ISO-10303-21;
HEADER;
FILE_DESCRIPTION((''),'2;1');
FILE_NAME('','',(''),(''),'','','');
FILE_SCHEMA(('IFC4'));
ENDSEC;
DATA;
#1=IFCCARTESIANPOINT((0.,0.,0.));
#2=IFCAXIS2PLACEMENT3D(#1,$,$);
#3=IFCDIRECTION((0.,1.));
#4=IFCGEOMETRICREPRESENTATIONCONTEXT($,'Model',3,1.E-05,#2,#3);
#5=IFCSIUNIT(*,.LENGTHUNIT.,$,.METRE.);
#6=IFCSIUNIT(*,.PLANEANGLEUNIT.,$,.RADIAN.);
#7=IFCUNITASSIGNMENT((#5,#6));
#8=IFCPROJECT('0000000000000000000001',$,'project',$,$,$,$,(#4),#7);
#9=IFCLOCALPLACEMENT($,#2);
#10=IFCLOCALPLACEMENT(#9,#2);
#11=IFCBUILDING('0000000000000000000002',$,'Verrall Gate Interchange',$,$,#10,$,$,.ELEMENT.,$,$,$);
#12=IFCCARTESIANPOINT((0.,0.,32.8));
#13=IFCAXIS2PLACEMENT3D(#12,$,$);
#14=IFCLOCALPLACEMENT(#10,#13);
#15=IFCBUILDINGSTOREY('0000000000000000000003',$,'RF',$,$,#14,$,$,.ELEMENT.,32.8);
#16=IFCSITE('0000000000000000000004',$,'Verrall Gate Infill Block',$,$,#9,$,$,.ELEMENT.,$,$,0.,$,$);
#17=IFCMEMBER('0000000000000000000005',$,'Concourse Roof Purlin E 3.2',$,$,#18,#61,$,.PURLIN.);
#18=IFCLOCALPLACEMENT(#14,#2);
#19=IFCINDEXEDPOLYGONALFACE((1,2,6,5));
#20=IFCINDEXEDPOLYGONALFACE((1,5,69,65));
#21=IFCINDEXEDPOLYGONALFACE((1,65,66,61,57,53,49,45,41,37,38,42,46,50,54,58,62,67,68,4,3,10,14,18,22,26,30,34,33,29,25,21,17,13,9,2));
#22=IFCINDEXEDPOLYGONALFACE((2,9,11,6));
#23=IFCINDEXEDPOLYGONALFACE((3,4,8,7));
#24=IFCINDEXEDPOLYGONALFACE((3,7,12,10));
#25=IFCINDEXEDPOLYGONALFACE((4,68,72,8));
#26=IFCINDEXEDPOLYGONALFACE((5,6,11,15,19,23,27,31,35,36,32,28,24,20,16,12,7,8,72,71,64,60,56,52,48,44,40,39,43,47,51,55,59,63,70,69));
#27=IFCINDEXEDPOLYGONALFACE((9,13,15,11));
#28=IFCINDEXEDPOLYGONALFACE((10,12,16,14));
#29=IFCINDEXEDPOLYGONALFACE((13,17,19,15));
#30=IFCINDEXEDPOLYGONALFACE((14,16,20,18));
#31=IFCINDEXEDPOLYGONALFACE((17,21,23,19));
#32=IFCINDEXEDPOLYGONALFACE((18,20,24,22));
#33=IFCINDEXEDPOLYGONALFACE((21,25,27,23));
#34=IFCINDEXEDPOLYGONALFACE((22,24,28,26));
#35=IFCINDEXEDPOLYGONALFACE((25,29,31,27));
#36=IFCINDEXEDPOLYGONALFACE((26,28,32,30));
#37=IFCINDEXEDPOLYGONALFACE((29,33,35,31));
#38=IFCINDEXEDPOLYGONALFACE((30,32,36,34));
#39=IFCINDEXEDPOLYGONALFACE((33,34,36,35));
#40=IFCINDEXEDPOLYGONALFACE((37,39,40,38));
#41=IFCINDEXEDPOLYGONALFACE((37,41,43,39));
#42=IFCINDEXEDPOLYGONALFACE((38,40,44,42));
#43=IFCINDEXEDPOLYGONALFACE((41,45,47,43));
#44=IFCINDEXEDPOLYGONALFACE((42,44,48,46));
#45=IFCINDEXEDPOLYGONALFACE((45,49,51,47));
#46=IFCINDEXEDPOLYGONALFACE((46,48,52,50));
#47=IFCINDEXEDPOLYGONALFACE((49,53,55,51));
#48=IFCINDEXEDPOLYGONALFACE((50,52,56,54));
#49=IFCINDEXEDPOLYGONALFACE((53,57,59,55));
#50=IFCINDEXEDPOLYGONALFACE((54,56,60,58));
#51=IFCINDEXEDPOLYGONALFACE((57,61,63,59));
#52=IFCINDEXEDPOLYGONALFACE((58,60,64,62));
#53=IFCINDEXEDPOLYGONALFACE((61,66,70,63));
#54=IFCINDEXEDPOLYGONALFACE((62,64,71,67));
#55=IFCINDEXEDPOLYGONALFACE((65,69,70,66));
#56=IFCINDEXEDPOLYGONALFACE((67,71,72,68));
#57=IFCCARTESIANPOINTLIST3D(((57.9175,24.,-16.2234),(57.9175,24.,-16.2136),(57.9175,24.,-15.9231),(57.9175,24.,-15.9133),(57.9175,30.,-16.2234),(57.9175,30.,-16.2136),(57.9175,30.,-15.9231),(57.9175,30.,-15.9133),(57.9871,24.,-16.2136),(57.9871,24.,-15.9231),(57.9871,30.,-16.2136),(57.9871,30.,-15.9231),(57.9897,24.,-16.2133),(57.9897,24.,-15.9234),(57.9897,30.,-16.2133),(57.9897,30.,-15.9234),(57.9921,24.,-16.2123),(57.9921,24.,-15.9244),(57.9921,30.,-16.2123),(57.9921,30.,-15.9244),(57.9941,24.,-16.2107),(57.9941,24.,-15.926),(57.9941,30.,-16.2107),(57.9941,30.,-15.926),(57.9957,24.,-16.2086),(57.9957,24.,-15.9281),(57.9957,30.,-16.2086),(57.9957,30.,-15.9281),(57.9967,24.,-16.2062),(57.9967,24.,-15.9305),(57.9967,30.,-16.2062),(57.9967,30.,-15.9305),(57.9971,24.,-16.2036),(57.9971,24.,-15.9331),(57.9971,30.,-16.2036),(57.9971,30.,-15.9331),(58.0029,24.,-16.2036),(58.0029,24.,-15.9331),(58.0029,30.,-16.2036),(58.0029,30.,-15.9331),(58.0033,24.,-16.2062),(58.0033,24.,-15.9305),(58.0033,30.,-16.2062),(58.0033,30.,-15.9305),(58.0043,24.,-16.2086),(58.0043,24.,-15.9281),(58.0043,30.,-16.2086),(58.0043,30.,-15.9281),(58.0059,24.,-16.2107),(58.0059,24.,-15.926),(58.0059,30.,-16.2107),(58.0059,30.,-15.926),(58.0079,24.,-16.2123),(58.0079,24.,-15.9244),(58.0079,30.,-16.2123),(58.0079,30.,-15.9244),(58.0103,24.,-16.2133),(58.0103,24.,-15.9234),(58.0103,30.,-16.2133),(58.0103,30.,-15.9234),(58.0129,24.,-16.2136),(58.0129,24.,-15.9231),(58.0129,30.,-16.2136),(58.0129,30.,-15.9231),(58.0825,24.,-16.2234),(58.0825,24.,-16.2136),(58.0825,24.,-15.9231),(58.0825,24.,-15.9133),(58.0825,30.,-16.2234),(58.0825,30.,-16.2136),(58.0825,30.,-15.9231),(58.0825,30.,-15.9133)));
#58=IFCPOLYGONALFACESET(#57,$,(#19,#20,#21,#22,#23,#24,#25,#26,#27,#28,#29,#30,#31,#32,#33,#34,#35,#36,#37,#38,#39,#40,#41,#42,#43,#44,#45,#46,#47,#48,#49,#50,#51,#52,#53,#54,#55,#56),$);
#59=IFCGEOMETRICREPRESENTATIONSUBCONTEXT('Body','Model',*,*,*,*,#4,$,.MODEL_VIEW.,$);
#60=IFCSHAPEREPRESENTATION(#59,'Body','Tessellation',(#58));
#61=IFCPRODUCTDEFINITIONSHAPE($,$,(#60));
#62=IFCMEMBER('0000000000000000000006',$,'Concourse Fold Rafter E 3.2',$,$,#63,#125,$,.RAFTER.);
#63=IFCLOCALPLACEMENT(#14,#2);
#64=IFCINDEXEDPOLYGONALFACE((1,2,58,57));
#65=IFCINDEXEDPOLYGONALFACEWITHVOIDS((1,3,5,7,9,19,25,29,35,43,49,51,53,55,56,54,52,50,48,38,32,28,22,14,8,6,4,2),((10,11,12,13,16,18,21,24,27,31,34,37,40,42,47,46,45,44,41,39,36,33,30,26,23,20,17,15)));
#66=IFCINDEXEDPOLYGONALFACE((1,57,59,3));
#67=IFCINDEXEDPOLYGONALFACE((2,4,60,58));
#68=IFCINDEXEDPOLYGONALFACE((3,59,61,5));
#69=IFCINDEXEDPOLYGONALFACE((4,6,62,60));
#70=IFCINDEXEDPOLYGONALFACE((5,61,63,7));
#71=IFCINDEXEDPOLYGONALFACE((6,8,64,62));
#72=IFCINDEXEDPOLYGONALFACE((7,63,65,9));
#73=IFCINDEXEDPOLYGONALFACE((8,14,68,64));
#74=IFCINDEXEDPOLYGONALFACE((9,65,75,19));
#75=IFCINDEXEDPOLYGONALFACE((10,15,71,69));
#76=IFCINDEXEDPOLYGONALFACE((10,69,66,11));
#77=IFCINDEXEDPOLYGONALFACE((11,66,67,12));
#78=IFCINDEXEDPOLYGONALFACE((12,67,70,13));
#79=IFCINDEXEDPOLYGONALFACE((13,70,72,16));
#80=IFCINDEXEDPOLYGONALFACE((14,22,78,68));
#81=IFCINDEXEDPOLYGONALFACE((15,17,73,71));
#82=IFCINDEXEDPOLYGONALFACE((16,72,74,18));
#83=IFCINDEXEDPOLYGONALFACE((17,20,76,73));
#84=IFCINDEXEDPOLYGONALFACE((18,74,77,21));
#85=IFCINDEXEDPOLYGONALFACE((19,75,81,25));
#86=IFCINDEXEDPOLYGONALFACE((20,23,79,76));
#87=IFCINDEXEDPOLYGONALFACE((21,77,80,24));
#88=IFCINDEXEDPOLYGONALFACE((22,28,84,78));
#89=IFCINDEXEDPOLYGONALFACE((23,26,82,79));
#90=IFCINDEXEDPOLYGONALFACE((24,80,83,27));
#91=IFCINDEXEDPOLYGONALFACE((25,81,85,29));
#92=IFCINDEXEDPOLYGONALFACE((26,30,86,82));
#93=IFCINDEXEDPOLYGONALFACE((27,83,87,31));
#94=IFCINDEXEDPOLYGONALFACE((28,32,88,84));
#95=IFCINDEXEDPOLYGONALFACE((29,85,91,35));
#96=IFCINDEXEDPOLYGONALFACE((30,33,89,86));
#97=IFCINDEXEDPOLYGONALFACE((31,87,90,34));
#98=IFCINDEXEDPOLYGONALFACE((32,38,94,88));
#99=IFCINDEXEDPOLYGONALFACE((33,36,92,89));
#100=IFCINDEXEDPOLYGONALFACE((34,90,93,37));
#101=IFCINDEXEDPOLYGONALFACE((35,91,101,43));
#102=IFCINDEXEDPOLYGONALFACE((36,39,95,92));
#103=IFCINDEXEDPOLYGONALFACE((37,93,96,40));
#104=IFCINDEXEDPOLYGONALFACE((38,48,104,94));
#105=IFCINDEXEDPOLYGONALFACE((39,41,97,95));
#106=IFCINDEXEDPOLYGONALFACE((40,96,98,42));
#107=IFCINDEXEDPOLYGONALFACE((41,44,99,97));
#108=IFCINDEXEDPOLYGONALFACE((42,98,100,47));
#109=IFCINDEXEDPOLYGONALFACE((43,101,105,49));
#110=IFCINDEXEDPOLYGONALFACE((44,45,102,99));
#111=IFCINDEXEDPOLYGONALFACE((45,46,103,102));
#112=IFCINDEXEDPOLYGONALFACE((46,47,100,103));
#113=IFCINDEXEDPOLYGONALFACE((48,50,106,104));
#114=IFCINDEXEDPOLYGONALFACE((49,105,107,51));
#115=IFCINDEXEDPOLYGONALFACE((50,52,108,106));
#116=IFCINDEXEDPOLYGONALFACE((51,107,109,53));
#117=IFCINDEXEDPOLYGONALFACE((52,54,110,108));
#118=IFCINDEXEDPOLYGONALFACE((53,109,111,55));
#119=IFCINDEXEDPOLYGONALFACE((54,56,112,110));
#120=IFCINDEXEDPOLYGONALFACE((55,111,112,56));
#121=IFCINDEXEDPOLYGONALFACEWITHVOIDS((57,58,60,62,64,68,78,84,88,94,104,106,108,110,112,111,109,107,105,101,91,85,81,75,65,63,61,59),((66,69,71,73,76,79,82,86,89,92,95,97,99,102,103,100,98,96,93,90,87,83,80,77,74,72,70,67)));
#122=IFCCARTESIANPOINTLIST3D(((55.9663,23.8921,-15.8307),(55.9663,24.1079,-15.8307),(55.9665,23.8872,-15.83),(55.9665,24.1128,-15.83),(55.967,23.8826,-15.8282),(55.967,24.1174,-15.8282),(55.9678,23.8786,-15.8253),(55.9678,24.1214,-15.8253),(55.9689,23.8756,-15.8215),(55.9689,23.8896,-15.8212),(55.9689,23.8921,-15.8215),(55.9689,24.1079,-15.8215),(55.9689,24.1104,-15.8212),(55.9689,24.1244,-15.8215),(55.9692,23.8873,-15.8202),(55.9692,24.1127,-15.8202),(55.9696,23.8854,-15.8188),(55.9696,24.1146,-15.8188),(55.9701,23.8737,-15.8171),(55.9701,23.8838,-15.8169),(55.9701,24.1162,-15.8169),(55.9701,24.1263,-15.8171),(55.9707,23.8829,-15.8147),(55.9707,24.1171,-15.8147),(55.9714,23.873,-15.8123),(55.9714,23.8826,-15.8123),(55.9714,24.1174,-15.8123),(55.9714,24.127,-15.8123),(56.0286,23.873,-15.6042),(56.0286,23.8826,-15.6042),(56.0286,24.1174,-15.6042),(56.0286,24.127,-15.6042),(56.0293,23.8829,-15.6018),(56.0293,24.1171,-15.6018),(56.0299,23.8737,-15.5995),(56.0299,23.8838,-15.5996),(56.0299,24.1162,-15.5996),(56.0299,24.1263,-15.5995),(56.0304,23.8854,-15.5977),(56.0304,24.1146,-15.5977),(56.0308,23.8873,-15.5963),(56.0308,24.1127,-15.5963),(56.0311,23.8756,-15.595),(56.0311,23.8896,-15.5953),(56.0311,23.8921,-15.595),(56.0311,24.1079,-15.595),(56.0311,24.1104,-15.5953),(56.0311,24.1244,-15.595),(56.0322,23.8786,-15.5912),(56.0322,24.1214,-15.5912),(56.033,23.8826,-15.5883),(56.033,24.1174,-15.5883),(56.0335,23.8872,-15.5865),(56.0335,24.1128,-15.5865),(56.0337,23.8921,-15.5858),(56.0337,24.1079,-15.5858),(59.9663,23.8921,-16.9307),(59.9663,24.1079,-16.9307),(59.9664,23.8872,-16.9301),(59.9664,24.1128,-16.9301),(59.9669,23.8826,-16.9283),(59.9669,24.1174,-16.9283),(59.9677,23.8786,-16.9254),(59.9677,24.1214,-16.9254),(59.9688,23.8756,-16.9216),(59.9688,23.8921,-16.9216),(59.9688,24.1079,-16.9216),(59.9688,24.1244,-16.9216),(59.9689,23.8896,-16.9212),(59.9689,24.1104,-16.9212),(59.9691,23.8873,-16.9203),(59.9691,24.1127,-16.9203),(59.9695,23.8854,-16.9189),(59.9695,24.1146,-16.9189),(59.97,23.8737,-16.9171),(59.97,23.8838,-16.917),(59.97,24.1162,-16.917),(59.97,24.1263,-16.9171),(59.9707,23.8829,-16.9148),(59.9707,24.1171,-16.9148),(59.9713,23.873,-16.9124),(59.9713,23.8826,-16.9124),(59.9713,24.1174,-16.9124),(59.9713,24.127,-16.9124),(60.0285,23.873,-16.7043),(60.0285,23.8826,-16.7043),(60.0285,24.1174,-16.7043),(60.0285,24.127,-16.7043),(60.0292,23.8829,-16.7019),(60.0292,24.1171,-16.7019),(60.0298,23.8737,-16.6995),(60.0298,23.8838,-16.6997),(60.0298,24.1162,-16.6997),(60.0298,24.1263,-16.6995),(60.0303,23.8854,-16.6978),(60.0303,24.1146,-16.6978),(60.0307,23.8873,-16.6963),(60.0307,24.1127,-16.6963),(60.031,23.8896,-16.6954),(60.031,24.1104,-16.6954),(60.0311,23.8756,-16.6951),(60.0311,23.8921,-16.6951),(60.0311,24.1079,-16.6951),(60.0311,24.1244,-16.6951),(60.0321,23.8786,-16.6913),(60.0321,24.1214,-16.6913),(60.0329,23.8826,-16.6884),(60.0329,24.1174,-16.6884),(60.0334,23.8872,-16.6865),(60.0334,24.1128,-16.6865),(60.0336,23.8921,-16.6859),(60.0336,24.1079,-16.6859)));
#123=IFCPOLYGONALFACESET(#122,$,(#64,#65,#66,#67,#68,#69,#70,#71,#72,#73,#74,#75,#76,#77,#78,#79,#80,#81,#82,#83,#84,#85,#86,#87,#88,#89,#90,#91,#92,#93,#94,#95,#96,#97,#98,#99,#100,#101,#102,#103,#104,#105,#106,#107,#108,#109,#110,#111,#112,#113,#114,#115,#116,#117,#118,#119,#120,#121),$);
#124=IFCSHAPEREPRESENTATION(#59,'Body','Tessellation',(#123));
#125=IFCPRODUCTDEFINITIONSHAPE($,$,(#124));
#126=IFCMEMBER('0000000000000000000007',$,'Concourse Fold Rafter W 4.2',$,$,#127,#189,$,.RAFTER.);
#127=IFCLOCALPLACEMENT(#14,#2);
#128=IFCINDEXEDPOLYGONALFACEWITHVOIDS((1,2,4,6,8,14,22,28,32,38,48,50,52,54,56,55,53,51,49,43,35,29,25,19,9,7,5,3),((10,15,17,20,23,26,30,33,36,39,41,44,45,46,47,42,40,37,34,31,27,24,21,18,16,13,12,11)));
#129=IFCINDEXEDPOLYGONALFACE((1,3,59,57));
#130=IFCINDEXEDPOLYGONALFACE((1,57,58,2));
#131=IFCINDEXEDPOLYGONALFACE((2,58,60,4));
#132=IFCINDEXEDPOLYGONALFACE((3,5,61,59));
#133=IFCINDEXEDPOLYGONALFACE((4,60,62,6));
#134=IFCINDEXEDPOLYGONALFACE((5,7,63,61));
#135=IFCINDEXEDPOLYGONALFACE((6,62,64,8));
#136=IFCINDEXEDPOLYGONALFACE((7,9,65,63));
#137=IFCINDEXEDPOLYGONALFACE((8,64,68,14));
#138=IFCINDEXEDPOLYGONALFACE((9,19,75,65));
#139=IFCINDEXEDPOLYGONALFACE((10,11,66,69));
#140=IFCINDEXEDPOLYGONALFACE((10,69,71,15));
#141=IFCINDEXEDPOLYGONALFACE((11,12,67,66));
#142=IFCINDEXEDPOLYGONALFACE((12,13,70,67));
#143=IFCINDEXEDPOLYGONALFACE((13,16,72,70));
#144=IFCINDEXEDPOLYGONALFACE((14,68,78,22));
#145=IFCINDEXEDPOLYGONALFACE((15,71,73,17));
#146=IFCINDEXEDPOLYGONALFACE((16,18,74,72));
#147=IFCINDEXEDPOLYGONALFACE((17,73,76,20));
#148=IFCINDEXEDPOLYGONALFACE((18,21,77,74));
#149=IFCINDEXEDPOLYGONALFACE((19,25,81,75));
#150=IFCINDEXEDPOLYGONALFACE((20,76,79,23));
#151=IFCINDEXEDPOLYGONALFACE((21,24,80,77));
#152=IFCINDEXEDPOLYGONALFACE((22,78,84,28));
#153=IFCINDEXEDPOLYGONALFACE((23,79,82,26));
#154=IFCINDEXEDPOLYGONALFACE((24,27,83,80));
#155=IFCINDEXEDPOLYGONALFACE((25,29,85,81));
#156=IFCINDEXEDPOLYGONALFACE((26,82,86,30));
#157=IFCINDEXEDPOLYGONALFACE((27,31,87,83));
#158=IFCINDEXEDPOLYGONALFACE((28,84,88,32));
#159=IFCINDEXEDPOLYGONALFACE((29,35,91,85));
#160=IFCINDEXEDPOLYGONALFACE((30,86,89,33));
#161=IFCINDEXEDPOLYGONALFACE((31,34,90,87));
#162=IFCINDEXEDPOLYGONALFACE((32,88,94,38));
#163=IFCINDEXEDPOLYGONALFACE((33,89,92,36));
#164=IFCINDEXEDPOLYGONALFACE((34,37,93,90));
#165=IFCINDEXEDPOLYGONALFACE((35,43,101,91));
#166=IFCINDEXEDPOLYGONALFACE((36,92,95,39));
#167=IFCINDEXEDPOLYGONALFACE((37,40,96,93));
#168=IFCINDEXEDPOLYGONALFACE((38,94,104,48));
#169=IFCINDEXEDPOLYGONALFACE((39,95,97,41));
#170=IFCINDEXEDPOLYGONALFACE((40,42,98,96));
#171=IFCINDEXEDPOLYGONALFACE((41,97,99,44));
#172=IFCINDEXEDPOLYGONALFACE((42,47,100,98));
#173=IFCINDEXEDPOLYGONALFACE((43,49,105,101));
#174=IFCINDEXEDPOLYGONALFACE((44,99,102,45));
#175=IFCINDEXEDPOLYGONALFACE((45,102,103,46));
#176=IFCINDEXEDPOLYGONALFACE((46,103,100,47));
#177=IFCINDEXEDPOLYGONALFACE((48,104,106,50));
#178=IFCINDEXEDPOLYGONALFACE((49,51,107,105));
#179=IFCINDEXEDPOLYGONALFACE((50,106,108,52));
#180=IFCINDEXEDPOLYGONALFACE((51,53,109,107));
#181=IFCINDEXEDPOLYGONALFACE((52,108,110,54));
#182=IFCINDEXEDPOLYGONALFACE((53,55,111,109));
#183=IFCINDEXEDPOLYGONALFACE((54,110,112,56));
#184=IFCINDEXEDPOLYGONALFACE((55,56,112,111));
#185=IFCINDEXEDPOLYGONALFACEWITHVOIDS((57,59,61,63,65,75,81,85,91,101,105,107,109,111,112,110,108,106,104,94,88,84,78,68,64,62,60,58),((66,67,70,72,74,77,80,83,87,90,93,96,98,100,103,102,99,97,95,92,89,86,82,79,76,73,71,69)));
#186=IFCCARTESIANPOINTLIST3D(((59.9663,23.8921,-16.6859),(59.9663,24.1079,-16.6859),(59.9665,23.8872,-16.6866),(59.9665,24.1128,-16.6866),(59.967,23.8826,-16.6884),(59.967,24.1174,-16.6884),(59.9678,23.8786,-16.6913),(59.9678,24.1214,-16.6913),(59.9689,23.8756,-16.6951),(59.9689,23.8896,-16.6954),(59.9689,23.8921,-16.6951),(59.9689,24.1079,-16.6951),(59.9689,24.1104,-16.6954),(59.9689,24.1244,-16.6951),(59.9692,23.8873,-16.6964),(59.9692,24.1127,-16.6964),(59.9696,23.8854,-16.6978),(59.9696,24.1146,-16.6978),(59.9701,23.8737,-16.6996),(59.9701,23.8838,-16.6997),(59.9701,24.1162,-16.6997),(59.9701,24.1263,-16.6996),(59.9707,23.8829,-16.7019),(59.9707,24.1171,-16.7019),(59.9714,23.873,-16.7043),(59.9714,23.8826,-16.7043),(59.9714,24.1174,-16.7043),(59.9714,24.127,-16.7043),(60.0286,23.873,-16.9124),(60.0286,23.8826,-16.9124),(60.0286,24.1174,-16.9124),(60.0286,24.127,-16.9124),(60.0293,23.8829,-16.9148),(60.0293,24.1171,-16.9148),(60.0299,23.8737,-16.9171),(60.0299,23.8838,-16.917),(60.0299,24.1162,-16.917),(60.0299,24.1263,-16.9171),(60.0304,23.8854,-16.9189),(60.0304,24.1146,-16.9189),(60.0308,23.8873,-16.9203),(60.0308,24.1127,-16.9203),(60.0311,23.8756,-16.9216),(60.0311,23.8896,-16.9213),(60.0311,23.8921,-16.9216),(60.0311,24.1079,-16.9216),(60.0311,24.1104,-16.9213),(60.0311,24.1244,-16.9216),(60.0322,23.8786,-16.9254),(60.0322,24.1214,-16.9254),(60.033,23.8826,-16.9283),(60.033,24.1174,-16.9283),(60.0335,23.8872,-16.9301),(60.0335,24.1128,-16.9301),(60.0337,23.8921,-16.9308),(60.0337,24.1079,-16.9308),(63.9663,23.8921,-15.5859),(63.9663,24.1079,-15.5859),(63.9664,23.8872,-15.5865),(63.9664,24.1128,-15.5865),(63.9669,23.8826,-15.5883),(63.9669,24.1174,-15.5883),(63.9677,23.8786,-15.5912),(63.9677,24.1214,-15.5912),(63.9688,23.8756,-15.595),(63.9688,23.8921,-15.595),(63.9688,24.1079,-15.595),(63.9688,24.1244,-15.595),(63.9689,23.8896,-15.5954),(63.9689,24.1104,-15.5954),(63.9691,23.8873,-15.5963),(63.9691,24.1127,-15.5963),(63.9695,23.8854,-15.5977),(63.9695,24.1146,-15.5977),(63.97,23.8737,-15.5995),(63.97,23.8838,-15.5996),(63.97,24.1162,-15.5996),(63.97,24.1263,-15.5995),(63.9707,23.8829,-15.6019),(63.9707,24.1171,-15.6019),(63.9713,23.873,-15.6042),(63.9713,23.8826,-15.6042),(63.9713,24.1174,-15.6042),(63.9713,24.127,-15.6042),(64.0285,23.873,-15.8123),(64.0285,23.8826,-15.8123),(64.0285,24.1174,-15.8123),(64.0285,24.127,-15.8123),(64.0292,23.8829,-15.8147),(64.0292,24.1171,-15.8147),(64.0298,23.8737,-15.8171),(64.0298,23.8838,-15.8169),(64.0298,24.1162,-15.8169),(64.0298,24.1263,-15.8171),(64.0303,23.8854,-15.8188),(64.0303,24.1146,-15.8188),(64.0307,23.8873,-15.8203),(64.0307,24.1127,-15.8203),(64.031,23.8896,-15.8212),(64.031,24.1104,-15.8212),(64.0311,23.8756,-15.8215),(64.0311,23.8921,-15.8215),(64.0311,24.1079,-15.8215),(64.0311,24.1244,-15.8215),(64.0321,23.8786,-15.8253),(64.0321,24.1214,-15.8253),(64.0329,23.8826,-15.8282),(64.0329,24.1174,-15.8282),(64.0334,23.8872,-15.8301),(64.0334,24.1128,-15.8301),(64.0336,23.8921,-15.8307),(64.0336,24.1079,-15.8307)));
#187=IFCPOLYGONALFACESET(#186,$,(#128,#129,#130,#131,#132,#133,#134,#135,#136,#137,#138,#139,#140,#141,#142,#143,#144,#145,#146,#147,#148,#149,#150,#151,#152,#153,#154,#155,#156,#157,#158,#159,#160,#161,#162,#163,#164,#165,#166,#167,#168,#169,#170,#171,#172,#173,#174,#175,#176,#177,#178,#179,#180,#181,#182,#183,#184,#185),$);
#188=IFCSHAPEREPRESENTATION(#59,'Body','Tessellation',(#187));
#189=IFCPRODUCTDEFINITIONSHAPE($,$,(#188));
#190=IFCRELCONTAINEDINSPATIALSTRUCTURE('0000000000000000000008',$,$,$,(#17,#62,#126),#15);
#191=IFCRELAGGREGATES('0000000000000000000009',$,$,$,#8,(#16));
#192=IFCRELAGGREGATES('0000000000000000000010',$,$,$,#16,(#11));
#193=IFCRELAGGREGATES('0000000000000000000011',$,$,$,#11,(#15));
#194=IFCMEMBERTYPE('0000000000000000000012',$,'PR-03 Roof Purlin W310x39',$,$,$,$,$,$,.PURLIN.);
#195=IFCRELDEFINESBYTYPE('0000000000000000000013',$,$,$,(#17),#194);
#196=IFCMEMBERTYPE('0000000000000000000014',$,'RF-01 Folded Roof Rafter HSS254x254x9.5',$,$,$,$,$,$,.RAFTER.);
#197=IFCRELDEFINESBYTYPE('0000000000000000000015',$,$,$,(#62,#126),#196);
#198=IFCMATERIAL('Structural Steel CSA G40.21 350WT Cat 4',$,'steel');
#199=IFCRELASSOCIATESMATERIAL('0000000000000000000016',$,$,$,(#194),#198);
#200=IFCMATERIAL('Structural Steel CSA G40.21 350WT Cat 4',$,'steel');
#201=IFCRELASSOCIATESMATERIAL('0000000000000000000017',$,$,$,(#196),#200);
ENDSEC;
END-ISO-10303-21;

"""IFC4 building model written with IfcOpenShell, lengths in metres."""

from ifc_helpers import new_model, si_unit, direction, frame, origin, origin_2d, place, context, subcontext, project, spatial, hollow_rectangle, i_section, extrude, material, material_profile, profile_set, type_object, element, save


model = new_model("IFC4")

# Units and contexts
model_context = context("Model", 3, precision=1e-05, world=origin(), true_north=direction((0.0, 1.0)))
body_context = subcontext(model_context, "Body", "Model", "MODEL_VIEW")
ifc_project = project(units=[si_unit("LENGTHUNIT", "METRE"), si_unit("PLANEANGLEUNIT", "RADIAN")], contexts=[model_context])

# Site, building, storey
site_placement = place(None, origin())
site = spatial("IfcSite", under=ifc_project, at=site_placement, Name="Verrall Gate Infill Block", CompositionType="ELEMENT", RefElevation=0.0)
building_placement = place(site_placement, origin())
building = spatial("IfcBuilding", under=site, at=building_placement, Name="Verrall Gate Interchange", CompositionType="ELEMENT")
storey_placement = place(building_placement, frame((0.0, 0.0, 32.8)))
storey = spatial("IfcBuildingStorey", under=building, at=storey_placement, Name="RF", CompositionType="ELEMENT", Elevation=32.8)

# Members
ifc_material_1 = material(Name="Structural Steel CSA G40.21 350WT Cat 4", Category="steel")
ifc_material_profile_1 = material_profile(ifc_material_1, i_section(OverallWidth=0.165, OverallDepth=0.3101, WebThickness=0.0059, FlangeThickness=0.0098, FilletRadius=0.01, at=origin_2d()), Name="W310x39")
ifc_profile_set_1 = profile_set([ifc_material_profile_1], Name="Structural Steel CSA G40.21 350WT Cat 4")
member_type_1 = type_object("IfcMemberType", Name="PR-03 Roof Purlin W310x39", PredefinedType="PURLIN", material=ifc_profile_set_1)
for number, where, z_axis, x_axis, name in (
    (1, (58.0, 24.0, -16.0684), (0.0, 1.0, 0.0), (-1.0, 0.0, 0.0), "Concourse Roof Purlin E 3.2"),
):
    element("IfcMember", number, at=place(storey_placement, frame(where, z_axis=z_axis, x_axis=x_axis)), inside=storey, type_object=member_type_1, Name=name, PredefinedType="PURLIN", context=body_context, shape_type="SweptSolid", body=[
        extrude(i_section(OverallWidth=0.165, OverallDepth=0.3101, WebThickness=0.0059, FlangeThickness=0.0098, FilletRadius=0.01, at=origin_2d()), origin(), (0.0, 0.0, 1.0), 6.0),
    ])
ifc_material_2 = material(Name="Structural Steel CSA G40.21 350WT Cat 4", Category="steel")
ifc_material_profile_2 = material_profile(ifc_material_2, hollow_rectangle(XDim=0.2539, YDim=0.2539, WallThickness=0.0095, InnerFilletRadius=0.0095, OuterFilletRadius=0.019, at=origin_2d()), Name="HSS254x254x9.5")
ifc_profile_set_2 = profile_set([ifc_material_profile_2], Name="Structural Steel CSA G40.21 350WT Cat 4")
member_type_2 = type_object("IfcMemberType", Name="RF-01 Folded Roof Rafter HSS254x254x9.5", PredefinedType="RAFTER", material=ifc_profile_set_2)
for number, where, z_axis, x_axis, name in (
    (2, (56.0, 24.0, -15.7083), (0.964199, 0.0, -0.265178), (0.0, 1.0, 0.0), "Concourse Fold Rafter E 3.2"),
    (3, (60.0, 24.0, -16.8083), (0.964199, 0.0, 0.265178), (0.0, 1.0, 0.0), "Concourse Fold Rafter W 4.2"),
):
    element("IfcMember", number, at=place(storey_placement, frame(where, z_axis=z_axis, x_axis=x_axis)), inside=storey, type_object=member_type_2, Name=name, PredefinedType="RAFTER", context=body_context, shape_type="SweptSolid", body=[
        extrude(hollow_rectangle(XDim=0.2539, YDim=0.2539, WallThickness=0.0095, InnerFilletRadius=0.0095, OuterFilletRadius=0.019, at=origin_2d()), origin(), (0.0, 0.0, 1.0), 4.1484),
    ])

save(model, "model.ifc")
